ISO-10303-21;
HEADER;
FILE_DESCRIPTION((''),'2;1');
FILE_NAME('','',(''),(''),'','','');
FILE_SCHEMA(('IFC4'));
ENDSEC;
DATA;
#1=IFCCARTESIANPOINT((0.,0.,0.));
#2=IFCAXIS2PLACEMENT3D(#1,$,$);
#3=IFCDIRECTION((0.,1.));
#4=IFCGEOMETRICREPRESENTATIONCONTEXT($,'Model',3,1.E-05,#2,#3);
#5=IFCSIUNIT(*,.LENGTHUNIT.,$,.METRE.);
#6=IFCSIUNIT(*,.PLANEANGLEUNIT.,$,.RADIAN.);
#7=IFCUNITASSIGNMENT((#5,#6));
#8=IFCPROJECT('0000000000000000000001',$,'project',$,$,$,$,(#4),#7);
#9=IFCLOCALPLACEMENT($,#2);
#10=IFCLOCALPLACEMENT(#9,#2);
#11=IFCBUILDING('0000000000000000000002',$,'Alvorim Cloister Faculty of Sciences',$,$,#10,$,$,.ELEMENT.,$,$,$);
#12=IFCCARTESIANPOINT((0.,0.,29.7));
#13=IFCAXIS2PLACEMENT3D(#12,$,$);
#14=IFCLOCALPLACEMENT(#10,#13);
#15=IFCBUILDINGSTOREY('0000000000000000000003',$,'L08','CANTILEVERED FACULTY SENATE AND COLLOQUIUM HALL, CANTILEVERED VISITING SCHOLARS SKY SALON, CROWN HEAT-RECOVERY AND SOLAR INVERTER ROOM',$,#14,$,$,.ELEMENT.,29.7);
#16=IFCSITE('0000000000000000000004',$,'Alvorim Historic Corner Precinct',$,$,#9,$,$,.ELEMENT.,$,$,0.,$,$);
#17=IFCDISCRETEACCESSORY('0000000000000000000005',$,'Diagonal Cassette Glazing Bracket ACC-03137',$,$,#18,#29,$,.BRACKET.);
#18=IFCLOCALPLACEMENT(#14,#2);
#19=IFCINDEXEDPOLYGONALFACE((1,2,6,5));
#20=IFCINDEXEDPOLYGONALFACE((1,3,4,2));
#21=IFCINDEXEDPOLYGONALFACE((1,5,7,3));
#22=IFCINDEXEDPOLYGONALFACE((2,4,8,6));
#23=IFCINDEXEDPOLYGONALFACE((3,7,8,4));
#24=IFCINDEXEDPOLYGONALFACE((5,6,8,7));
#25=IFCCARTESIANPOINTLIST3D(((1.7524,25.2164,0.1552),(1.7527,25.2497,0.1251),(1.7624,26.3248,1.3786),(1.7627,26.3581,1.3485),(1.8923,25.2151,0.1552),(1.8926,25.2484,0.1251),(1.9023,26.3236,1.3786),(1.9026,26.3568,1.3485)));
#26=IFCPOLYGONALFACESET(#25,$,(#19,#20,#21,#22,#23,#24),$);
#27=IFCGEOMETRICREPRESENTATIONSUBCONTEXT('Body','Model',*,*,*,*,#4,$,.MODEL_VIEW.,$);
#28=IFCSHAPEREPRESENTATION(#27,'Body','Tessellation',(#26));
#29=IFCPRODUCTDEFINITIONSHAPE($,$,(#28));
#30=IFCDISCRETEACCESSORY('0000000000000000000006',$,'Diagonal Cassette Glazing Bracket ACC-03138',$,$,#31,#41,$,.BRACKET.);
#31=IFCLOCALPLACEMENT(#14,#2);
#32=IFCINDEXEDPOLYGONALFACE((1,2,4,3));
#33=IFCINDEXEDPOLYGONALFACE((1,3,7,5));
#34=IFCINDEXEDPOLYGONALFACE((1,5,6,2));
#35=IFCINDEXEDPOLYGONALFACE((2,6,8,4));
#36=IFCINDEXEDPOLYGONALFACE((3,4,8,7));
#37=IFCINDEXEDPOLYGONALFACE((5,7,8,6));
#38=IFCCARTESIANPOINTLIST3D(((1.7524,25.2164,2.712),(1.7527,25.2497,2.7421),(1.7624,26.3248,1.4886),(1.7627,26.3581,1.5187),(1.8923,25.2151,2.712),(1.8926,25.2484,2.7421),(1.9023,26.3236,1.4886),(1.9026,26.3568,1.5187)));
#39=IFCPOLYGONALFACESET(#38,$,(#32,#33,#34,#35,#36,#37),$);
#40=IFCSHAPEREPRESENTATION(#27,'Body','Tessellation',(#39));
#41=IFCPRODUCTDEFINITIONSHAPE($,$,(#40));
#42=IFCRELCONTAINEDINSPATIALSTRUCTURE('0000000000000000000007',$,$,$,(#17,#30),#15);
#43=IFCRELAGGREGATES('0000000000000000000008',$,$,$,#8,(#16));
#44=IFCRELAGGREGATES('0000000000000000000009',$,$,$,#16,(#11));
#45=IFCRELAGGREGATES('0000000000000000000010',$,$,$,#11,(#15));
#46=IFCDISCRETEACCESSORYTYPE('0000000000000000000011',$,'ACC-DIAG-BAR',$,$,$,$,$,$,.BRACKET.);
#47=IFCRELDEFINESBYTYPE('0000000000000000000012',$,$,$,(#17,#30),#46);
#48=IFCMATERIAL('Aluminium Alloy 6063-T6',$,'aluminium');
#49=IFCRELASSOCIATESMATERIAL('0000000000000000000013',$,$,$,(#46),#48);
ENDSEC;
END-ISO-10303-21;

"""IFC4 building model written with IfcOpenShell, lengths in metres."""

from ifc_helpers import new_model, si_unit, direction, frame, origin, origin_2d, place, context, subcontext, project, spatial, rectangle, extrude, material, type_object, element, save


model = new_model("IFC4")

# Units and contexts
model_context = context("Model", 3, precision=1e-05, world=origin(), true_north=direction((0.0, 1.0)))
body_context = subcontext(model_context, "Body", "Model", "MODEL_VIEW")
ifc_project = project(units=[si_unit("LENGTHUNIT", "METRE"), si_unit("PLANEANGLEUNIT", "RADIAN")], contexts=[model_context])

# Site, building, storey
site_placement = place(None, origin())
site = spatial("IfcSite", under=ifc_project, at=site_placement, Name="Alvorim Historic Corner Precinct", CompositionType="ELEMENT", RefElevation=0.0)
building_placement = place(site_placement, origin())
building = spatial("IfcBuilding", under=site, at=building_placement, Name="Alvorim Cloister Faculty of Sciences", CompositionType="ELEMENT")
storey_placement = place(building_placement, frame((0.0, 0.0, 29.7)))
storey = spatial("IfcBuildingStorey", under=building, at=storey_placement, Name="L08", Description="CANTILEVERED FACULTY SENATE AND COLLOQUIUM HALL, CANTILEVERED VISITING SCHOLARS SKY SALON, CROWN HEAT-RECOVERY AND SOLAR INVERTER ROOM", CompositionType="ELEMENT", Elevation=29.7)

# Shared definitions
ifc_material_1 = material(Name="Aluminium Alloy 6063-T6", Category="aluminium")

# Discrete accessories
discrete_accessory_type = type_object("IfcDiscreteAccessoryType", Name="ACC-DIAG-BAR", PredefinedType="BRACKET", material=ifc_material_1)
for number, where, z_axis, x_axis, name in (
    (1, (1.8225, 25.2324, 0.1401), (0.006063, 0.671408, 0.741063), (-0.999959, 0.00903, 0.0), "Diagonal Cassette Glazing Bracket ACC-03137"),
    (2, (1.8225, 25.2324, 2.7271), (0.006063, 0.671408, -0.741063), (-0.999959, 0.00903, 0.0), "Diagonal Cassette Glazing Bracket ACC-03138"),
):
    element("IfcDiscreteAccessory", number, at=place(storey_placement, frame(where, z_axis=z_axis, x_axis=x_axis)), inside=storey, type_object=discrete_accessory_type, Name=name, PredefinedType="BRACKET", context=body_context, shape_type="SweptSolid", body=[
        extrude(rectangle(XDim=0.1399, YDim=0.0449, at=origin_2d()), origin(), (0.0, 0.0, 1.0), 1.6509),
    ])

save(model, "model.ifc")
